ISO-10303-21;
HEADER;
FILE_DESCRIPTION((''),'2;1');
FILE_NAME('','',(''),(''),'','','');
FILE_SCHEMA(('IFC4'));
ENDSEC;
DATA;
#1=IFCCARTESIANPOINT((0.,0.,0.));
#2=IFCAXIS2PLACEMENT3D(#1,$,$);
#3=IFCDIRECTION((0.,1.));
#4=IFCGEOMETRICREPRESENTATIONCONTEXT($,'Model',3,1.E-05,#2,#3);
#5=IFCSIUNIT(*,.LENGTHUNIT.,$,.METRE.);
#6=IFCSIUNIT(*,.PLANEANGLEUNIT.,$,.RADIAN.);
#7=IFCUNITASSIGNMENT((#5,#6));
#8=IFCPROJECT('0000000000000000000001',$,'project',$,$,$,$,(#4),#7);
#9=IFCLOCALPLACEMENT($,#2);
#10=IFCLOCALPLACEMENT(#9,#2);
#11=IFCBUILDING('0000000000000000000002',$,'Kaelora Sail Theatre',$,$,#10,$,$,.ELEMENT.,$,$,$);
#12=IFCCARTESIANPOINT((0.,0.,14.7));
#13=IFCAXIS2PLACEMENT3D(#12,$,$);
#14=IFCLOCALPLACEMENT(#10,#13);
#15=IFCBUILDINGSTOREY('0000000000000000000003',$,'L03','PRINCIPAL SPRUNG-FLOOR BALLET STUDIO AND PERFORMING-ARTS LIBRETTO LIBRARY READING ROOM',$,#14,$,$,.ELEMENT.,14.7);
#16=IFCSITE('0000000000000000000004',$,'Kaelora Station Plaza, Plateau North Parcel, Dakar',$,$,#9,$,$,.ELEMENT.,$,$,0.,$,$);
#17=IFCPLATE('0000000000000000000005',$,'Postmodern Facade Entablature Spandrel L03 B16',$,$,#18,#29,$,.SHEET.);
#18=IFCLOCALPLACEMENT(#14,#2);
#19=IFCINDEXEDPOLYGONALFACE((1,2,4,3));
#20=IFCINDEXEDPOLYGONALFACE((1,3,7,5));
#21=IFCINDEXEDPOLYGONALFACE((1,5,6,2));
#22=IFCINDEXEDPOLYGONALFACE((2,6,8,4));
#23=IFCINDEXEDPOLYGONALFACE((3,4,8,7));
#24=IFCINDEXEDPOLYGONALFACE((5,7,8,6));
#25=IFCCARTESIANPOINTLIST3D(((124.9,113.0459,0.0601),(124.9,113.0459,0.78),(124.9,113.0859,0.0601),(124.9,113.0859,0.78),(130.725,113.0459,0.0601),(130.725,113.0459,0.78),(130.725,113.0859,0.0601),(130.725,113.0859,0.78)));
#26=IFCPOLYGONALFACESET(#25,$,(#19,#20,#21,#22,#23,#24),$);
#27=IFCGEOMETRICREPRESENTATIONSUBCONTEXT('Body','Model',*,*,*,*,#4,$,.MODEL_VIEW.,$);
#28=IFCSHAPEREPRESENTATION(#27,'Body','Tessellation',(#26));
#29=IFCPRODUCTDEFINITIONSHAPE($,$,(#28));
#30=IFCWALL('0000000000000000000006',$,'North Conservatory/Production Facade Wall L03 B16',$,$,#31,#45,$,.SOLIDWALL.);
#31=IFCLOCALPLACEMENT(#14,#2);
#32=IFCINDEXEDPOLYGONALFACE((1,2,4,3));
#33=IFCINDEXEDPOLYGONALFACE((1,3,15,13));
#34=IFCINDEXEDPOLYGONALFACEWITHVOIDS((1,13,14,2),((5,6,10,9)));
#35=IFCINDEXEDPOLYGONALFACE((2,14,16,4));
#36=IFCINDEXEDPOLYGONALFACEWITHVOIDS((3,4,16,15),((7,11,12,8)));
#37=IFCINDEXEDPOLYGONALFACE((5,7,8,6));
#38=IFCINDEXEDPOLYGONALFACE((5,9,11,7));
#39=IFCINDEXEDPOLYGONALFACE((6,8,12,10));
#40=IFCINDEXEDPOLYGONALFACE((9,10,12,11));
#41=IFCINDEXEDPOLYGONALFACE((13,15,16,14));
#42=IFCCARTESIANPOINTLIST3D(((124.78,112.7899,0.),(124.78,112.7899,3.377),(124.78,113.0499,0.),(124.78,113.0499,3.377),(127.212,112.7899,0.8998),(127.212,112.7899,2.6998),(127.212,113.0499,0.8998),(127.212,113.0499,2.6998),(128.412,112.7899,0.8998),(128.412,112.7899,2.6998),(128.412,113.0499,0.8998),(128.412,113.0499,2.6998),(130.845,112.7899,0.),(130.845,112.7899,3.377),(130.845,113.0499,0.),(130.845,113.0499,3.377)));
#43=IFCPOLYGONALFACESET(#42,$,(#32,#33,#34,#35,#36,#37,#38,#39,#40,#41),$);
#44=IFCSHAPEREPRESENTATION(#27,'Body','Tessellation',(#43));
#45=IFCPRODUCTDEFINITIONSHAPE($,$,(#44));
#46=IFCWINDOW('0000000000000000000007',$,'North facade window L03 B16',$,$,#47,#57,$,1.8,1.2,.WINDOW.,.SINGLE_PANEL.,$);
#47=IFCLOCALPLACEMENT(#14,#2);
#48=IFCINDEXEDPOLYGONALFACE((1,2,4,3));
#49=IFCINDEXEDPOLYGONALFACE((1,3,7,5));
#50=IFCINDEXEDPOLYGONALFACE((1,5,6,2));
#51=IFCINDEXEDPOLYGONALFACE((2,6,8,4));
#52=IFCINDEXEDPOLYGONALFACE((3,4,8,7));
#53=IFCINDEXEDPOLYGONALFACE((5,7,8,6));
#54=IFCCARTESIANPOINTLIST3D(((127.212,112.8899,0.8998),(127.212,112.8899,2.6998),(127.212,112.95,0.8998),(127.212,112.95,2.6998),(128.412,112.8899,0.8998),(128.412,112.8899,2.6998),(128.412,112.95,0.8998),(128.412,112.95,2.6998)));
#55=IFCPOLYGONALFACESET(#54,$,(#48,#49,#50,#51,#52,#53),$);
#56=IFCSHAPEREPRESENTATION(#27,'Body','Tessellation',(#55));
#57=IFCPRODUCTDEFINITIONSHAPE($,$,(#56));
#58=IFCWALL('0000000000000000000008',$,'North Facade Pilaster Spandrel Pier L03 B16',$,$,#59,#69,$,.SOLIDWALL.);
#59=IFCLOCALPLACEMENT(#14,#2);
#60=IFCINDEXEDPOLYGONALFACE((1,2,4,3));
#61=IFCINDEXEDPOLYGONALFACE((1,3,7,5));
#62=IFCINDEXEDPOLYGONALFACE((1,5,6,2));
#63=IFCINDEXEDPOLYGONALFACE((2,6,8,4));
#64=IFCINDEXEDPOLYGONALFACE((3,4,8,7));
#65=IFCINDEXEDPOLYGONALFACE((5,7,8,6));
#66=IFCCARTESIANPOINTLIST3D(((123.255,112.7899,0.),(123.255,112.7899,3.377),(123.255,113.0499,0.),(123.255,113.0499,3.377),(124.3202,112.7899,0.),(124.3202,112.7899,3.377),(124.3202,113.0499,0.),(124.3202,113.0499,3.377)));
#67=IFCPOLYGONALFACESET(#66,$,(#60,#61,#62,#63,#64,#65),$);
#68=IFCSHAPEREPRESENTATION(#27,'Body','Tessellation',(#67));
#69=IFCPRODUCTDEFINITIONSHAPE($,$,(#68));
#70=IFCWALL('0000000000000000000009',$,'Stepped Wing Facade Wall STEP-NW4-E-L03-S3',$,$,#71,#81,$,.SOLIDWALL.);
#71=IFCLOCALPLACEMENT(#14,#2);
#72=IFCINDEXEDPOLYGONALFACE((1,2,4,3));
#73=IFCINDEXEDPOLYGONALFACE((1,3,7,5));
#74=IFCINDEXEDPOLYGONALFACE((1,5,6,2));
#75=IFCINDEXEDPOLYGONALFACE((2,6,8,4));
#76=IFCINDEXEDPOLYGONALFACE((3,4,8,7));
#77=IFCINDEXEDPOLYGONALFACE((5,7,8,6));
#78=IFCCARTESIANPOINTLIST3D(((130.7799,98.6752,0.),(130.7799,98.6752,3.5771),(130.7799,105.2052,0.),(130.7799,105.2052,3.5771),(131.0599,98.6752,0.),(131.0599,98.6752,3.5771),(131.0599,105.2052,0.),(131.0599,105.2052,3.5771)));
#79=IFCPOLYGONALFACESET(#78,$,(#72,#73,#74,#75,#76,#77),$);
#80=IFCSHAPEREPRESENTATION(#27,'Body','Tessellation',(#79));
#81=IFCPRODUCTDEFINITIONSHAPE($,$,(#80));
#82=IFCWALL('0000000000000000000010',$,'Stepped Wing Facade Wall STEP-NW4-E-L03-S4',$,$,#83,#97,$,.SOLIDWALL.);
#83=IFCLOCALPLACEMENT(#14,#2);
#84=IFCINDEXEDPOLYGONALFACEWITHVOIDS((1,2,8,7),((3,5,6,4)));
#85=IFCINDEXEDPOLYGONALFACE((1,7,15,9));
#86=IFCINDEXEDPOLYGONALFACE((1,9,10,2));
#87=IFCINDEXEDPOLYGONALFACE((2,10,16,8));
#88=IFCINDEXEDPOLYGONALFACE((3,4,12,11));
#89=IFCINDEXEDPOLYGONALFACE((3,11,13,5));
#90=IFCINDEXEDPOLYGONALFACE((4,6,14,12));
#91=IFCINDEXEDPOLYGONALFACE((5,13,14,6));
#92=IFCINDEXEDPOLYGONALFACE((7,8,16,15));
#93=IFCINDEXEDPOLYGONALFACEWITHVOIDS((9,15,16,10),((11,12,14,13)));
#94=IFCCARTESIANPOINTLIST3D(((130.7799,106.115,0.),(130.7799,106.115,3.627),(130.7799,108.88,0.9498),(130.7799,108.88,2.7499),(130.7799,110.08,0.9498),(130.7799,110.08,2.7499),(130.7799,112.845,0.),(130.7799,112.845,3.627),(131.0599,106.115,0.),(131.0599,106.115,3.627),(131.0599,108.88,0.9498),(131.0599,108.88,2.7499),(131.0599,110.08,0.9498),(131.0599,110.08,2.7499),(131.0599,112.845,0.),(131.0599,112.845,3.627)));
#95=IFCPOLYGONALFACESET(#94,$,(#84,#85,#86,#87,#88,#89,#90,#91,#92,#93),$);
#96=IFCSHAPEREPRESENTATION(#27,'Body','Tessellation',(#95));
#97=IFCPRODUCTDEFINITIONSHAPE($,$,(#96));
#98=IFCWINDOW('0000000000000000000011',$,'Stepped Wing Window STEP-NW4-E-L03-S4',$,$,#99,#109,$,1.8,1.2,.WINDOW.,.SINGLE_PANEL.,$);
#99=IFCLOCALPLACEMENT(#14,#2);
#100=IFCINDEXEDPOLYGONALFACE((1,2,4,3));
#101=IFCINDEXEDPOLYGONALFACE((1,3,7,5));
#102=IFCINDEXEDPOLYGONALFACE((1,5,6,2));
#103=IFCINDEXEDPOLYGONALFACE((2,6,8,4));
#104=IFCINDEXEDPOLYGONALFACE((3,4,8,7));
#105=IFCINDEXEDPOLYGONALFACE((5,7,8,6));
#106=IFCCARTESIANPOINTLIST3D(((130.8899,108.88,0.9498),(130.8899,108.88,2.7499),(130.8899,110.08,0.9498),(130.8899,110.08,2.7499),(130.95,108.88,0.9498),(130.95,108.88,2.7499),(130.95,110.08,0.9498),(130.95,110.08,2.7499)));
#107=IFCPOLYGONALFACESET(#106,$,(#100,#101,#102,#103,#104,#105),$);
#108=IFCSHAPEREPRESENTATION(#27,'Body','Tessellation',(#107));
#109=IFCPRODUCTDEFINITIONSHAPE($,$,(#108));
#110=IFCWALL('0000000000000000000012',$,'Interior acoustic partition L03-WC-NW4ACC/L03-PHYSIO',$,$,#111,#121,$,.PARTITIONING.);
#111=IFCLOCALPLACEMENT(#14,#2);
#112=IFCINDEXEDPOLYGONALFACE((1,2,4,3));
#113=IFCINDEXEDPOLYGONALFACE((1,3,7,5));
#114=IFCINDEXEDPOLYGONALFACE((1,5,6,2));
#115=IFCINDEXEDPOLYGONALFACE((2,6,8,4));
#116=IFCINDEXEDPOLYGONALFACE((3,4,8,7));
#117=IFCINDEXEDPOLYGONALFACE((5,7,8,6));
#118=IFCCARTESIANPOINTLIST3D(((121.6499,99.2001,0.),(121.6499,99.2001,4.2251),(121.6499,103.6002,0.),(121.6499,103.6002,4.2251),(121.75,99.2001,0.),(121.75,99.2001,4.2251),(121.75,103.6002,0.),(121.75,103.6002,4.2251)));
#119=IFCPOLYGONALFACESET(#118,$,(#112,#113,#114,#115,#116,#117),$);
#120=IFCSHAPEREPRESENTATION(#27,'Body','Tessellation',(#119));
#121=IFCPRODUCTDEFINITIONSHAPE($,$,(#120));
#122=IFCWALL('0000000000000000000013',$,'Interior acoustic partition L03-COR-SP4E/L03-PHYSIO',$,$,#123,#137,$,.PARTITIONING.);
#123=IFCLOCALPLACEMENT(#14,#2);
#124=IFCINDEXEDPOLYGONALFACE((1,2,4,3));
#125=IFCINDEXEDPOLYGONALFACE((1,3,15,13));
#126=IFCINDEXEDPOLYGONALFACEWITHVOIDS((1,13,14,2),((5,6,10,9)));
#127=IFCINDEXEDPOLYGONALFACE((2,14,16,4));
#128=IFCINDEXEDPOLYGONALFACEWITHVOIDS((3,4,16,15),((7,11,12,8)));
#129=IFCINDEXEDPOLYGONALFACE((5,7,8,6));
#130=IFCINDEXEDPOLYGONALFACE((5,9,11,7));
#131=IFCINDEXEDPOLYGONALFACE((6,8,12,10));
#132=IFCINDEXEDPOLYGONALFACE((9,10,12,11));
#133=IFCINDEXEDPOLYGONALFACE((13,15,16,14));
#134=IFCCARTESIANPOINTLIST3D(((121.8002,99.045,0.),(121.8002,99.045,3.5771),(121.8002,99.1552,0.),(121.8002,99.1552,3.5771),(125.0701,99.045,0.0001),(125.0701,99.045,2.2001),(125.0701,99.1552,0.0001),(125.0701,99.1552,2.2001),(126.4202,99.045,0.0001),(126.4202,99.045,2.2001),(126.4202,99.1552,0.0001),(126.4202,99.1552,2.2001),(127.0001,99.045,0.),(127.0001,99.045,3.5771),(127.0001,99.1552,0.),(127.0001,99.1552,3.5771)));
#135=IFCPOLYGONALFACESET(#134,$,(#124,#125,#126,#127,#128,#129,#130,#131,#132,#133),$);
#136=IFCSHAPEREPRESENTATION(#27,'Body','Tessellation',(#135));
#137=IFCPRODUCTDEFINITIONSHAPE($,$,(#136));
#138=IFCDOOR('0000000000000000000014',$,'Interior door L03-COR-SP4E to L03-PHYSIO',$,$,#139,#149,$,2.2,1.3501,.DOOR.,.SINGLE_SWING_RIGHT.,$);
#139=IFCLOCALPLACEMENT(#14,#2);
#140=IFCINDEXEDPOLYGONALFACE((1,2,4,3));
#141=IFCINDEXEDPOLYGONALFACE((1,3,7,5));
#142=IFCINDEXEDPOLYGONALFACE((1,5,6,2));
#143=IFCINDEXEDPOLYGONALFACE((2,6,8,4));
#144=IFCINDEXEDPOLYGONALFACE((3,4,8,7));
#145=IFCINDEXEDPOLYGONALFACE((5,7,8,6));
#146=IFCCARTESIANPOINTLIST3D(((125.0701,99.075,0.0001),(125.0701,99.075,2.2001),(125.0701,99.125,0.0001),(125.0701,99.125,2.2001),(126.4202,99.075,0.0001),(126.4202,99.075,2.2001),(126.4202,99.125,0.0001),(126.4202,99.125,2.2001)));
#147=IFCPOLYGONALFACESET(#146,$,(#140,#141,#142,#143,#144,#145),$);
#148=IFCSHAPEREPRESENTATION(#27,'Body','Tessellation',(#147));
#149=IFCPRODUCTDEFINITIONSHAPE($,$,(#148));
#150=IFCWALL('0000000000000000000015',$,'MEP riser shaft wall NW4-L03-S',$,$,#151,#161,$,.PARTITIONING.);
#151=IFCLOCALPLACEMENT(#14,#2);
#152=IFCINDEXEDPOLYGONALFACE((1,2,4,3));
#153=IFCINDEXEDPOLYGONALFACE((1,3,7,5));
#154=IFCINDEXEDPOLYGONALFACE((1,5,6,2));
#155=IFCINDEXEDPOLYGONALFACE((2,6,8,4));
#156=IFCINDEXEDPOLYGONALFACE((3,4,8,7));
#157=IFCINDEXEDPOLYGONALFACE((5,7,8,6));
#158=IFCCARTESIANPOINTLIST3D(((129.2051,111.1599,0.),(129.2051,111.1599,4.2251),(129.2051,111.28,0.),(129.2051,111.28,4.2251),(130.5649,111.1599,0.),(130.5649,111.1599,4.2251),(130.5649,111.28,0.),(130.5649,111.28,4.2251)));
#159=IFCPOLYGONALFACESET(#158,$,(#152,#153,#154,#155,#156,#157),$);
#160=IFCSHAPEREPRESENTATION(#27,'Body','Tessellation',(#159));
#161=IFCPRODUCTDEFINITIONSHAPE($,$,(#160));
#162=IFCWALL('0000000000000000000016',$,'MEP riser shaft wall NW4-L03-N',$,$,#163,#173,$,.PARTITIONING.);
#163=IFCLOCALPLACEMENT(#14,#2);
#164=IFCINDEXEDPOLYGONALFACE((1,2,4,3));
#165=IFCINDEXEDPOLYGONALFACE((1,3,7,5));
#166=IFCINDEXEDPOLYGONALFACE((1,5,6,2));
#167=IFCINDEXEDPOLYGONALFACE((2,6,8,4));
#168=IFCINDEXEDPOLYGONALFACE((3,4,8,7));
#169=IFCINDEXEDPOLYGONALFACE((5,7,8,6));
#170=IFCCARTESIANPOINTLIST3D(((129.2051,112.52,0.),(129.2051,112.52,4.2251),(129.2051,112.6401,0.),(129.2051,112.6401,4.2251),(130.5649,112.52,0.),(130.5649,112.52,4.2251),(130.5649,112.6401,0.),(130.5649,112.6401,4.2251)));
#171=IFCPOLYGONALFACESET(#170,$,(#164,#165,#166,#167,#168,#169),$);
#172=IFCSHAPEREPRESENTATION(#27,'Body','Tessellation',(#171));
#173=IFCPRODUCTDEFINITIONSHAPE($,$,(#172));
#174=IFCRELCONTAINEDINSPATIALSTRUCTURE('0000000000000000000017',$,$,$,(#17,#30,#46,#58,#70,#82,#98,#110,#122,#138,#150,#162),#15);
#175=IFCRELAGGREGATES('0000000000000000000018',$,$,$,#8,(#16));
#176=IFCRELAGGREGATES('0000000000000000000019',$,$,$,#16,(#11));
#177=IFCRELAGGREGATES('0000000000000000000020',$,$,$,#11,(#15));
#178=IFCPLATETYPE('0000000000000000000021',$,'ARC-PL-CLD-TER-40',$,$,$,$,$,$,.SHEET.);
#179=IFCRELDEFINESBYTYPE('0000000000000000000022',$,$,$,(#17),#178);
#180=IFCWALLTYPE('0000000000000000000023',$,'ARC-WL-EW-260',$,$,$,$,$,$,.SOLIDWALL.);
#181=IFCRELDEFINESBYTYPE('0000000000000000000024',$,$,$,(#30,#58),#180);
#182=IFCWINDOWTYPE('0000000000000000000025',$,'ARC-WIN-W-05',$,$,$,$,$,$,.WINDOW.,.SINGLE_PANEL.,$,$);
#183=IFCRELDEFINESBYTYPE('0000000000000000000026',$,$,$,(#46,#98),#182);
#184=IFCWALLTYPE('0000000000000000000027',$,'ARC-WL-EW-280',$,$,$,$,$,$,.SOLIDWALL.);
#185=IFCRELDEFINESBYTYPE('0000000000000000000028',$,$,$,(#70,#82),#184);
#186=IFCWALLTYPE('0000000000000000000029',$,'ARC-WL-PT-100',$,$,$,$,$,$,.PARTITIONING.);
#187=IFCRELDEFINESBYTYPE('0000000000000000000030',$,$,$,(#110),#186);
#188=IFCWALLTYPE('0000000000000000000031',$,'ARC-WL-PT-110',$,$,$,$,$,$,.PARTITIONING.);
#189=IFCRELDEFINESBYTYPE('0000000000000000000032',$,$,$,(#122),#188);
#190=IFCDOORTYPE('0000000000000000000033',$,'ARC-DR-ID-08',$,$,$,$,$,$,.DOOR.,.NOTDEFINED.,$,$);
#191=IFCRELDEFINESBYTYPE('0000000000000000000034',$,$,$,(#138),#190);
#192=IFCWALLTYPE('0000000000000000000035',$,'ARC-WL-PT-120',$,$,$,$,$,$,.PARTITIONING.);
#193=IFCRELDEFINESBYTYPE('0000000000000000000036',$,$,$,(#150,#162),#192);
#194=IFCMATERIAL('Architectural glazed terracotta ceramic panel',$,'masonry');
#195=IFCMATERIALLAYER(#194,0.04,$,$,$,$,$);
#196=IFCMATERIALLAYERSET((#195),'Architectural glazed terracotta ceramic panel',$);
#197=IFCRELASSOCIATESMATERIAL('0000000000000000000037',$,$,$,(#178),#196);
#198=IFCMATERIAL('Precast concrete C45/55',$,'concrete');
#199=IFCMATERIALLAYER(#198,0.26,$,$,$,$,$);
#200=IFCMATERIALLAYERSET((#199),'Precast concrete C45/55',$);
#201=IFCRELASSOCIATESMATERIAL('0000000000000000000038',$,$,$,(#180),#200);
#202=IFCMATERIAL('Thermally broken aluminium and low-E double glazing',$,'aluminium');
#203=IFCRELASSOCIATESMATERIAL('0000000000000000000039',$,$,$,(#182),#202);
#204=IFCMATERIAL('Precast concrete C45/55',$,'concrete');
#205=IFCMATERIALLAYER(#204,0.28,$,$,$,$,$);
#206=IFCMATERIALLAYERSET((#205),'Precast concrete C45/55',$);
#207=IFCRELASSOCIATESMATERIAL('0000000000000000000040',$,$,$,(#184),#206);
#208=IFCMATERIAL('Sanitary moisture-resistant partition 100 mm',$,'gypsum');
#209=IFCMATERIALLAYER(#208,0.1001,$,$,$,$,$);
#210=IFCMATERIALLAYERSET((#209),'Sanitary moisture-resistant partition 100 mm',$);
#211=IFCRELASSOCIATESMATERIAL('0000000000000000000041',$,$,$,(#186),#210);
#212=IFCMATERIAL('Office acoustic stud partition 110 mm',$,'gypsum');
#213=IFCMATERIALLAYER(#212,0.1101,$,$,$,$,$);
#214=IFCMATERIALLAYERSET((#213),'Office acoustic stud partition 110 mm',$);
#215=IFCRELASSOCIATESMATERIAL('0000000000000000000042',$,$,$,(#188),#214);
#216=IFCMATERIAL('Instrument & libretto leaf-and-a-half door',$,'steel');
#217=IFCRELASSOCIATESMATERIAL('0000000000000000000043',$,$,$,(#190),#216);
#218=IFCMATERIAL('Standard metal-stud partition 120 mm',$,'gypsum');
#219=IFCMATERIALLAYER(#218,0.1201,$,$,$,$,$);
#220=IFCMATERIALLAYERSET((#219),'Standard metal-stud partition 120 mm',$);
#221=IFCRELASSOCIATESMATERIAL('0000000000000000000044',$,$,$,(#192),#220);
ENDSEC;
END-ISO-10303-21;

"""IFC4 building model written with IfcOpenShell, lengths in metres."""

from ifc_helpers import new_model, si_unit, direction, frame, frame_2d, origin, origin_2d, place, context, subcontext, project, spatial, rectangle, extrude, material, layer, layer_set, type_object, element, fill, save


model = new_model("IFC4")

# Units and contexts
model_context = context("Model", 3, precision=1e-05, world=origin(), true_north=direction((0.0, 1.0)))
body_context = subcontext(model_context, "Body", "Model", "MODEL_VIEW")
ifc_project = project(units=[si_unit("LENGTHUNIT", "METRE"), si_unit("PLANEANGLEUNIT", "RADIAN")], contexts=[model_context])

# Site, building, storey
site_placement = place(None, origin())
site = spatial("IfcSite", under=ifc_project, at=site_placement, Name="Kaelora Station Plaza, Plateau North Parcel, Dakar", CompositionType="ELEMENT", RefElevation=0.0)
building_placement = place(site_placement, origin())
building = spatial("IfcBuilding", under=site, at=building_placement, Name="Kaelora Sail Theatre", CompositionType="ELEMENT")
storey_placement = place(building_placement, frame((0.0, 0.0, 14.7)))
storey = spatial("IfcBuildingStorey", under=building, at=storey_placement, Name="L03", Description="PRINCIPAL SPRUNG-FLOOR BALLET STUDIO AND PERFORMING-ARTS LIBRETTO LIBRARY READING ROOM", CompositionType="ELEMENT", Elevation=14.7)

# Plate
ifc_material_1 = material(Name="Architectural glazed terracotta ceramic panel", Category="masonry")
ifc_layer_1 = layer(ifc_material_1, 0.04)
ifc_layer_set_1 = layer_set([ifc_layer_1], Name="Architectural glazed terracotta ceramic panel")
plate_type_1 = type_object("IfcPlateType", Name="ARC-PL-CLD-TER-40", PredefinedType="SHEET", material=ifc_layer_set_1)
plate_1_placement = place(storey_placement, frame((127.8125, 113.0659, 0.0601), z_axis=(0.0, 0.0, 1.0), x_axis=(1.0, 0.0, 0.0)))
element("IfcPlate", 1, at=plate_1_placement, inside=storey, type_object=plate_type_1, Name="Postmodern Facade Entablature Spandrel L03 B16", PredefinedType="SHEET", context=body_context, shape_type="SweptSolid", body=[
    extrude(rectangle(XDim=5.825, YDim=0.04, at=origin_2d()), origin(), (0.0, 0.0, 1.0), 0.72),
])

# Wall, opening, window
ifc_material_2 = material(Name="Precast concrete C45/55", Category="concrete")
ifc_layer_2 = layer(ifc_material_2, 0.26)
ifc_layer_set_2 = layer_set([ifc_layer_2], Name="Precast concrete C45/55")
wall_type_1 = type_object("IfcWallType", Name="ARC-WL-EW-260", PredefinedType="SOLIDWALL", material=ifc_layer_set_2)
wall_1_placement = place(storey_placement, frame((124.78, 112.9199, 0.0), z_axis=(0.0, 0.0, 1.0), x_axis=(1.0, 0.0, 0.0)))
wall_1 = element("IfcWall", 2, at=wall_1_placement, inside=storey, type_object=wall_type_1, Name="North Conservatory/Production Facade Wall L03 B16", PredefinedType="SOLIDWALL", context=body_context, shape_type="SweptSolid", body=[
    extrude(rectangle(XDim=6.0649, YDim=0.26, at=frame_2d((3.0325, 0.0))), origin(), (0.0, 0.0, 1.0), 3.377),
])
opening_1_placement = place(wall_1_placement, frame((2.4319, 0.0, 0.8999)))
opening_1 = element("IfcOpeningElement", 3, at=opening_1_placement, cuts=wall_1, PredefinedType="OPENING", context=body_context, shape_type="SweptSolid", body=[
    extrude(rectangle(XDim=1.2, YDim=1.8, at=frame_2d((0.6001, 0.8999))), frame((0.0, 0.1399, 0.0), z_axis=(0.0, -1.0, 0.0), x_axis=(1.0, 0.0, 0.0)), (0.0, 0.0, 1.0), 0.28),
])
ifc_material_3 = material(Name="Thermally broken aluminium and low-E double glazing", Category="aluminium")
window_type = type_object("IfcWindowType", Name="ARC-WIN-W-05", PartitioningType="SINGLE_PANEL", PredefinedType="WINDOW", material=ifc_material_3)
window_1_placement = place(opening_1_placement, origin())
window_1 = element("IfcWindow", 4, at=window_1_placement, inside=storey, type_object=window_type, Name="North facade window L03 B16", OverallHeight=1.8, OverallWidth=1.2, PartitioningType="SINGLE_PANEL", PredefinedType="WINDOW", context=body_context, shape_type="SweptSolid", body=[
    extrude(rectangle(XDim=1.2, YDim=1.8, at=frame_2d((0.6001, 0.8999))), frame((0.0, 0.03, 0.0), z_axis=(0.0, -1.0, 0.0), x_axis=(1.0, 0.0, 0.0)), (0.0, 0.0, 1.0), 0.0601),
])
fill(opening_1, window_1)

# Walls
wall_2_placement = place(storey_placement, frame((123.2549, 112.9199, 0.0), z_axis=(0.0, 0.0, 1.0), x_axis=(1.0, 0.0, 0.0)))
element("IfcWall", 5, at=wall_2_placement, inside=storey, type_object=wall_type_1, Name="North Facade Pilaster Spandrel Pier L03 B16", PredefinedType="SOLIDWALL", context=body_context, shape_type="SweptSolid", body=[
    extrude(rectangle(XDim=1.0652, YDim=0.26, at=frame_2d((0.5327, 0.0))), origin(), (0.0, 0.0, 1.0), 3.377),
])
ifc_material_4 = material(Name="Precast concrete C45/55", Category="concrete")
ifc_layer_3 = layer(ifc_material_4, 0.28)
ifc_layer_set_3 = layer_set([ifc_layer_3], Name="Precast concrete C45/55")
wall_type_2 = type_object("IfcWallType", Name="ARC-WL-EW-280", PredefinedType="SOLIDWALL", material=ifc_layer_set_3)
wall_3_placement = place(storey_placement, frame((130.9199, 98.675, 0.0), z_axis=(0.0, 0.0, 1.0), x_axis=(0.0, 1.0, 0.0)))
element("IfcWall", 6, at=wall_3_placement, inside=storey, type_object=wall_type_2, Name="Stepped Wing Facade Wall STEP-NW4-E-L03-S3", PredefinedType="SOLIDWALL", context=body_context, shape_type="SweptSolid", body=[
    extrude(rectangle(XDim=6.53, YDim=0.28, at=frame_2d((3.2651, 0.0))), origin(), (0.0, 0.0, 1.0), 3.5771),
])

# Wall, opening, window
wall_4_placement = place(storey_placement, frame((130.9199, 106.115, 0.0), z_axis=(0.0, 0.0, 1.0), x_axis=(0.0, 1.0, 0.0)))
wall_4 = element("IfcWall", 7, at=wall_4_placement, inside=storey, type_object=wall_type_2, Name="Stepped Wing Facade Wall STEP-NW4-E-L03-S4", PredefinedType="SOLIDWALL", context=body_context, shape_type="SweptSolid", body=[
    extrude(rectangle(XDim=6.73, YDim=0.28, at=frame_2d((3.365, 0.0))), origin(), (0.0, 0.0, 1.0), 3.627),
])
opening_2_placement = place(wall_4_placement, frame((2.7649, 0.0, 0.95)))
opening_2 = element("IfcOpeningElement", 8, at=opening_2_placement, cuts=wall_4, PredefinedType="OPENING", context=body_context, shape_type="SweptSolid", body=[
    extrude(rectangle(XDim=1.2, YDim=1.8, at=frame_2d((0.6001, 0.8999))), frame((0.0, 0.1501, 0.0), z_axis=(0.0, -1.0, 0.0), x_axis=(1.0, 0.0, 0.0)), (0.0, 0.0, 1.0), 0.3),
])
window_2_placement = place(opening_2_placement, origin())
window_2 = element("IfcWindow", 9, at=window_2_placement, inside=storey, type_object=window_type, Name="Stepped Wing Window STEP-NW4-E-L03-S4", OverallHeight=1.8, OverallWidth=1.2, PartitioningType="SINGLE_PANEL", PredefinedType="WINDOW", context=body_context, shape_type="SweptSolid", body=[
    extrude(rectangle(XDim=1.2, YDim=1.8, at=frame_2d((0.6001, 0.8999))), frame((0.0, 0.03, 0.0), z_axis=(0.0, -1.0, 0.0), x_axis=(1.0, 0.0, 0.0)), (0.0, 0.0, 1.0), 0.0601),
])
fill(opening_2, window_2)

# Wall
ifc_material_5 = material(Name="Sanitary moisture-resistant partition 100 mm", Category="gypsum")
ifc_layer_4 = layer(ifc_material_5, 0.1001)
ifc_layer_set_4 = layer_set([ifc_layer_4], Name="Sanitary moisture-resistant partition 100 mm")
wall_type_3 = type_object("IfcWallType", Name="ARC-WL-PT-100", PredefinedType="PARTITIONING", material=ifc_layer_set_4)
wall_5_placement = place(storey_placement, frame((121.7, 99.2, 0.0), z_axis=(0.0, 0.0, 1.0), x_axis=(0.0, 1.0, 0.0)))
element("IfcWall", 10, at=wall_5_placement, inside=storey, type_object=wall_type_3, Name="Interior acoustic partition L03-WC-NW4ACC/L03-PHYSIO", PredefinedType="PARTITIONING", context=body_context, shape_type="SweptSolid", body=[
    extrude(rectangle(XDim=4.4001, YDim=0.1001, at=frame_2d((2.2002, 0.0))), origin(), (0.0, 0.0, 1.0), 4.2251),
])

# Wall, opening, door
ifc_material_6 = material(Name="Office acoustic stud partition 110 mm", Category="gypsum")
ifc_layer_5 = layer(ifc_material_6, 0.1101)
ifc_layer_set_5 = layer_set([ifc_layer_5], Name="Office acoustic stud partition 110 mm")
wall_type_4 = type_object("IfcWallType", Name="ARC-WL-PT-110", PredefinedType="PARTITIONING", material=ifc_layer_set_5)
wall_6_placement = place(storey_placement, frame((121.8, 99.1001, 0.0), z_axis=(0.0, 0.0, 1.0), x_axis=(1.0, 0.0, 0.0)))
wall_6 = element("IfcWall", 11, at=wall_6_placement, inside=storey, type_object=wall_type_4, Name="Interior acoustic partition L03-COR-SP4E/L03-PHYSIO", PredefinedType="PARTITIONING", context=body_context, shape_type="SweptSolid", body=[
    extrude(rectangle(XDim=5.2, YDim=0.1101, at=frame_2d((2.6001, 0.0))), origin(), (0.0, 0.0, 1.0), 3.5771),
])
opening_3_placement = place(wall_6_placement, frame((3.27, 0.0, 0.0)))
opening_3 = element("IfcOpeningElement", 12, at=opening_3_placement, cuts=wall_6, PredefinedType="OPENING", context=body_context, shape_type="SweptSolid", body=[
    extrude(rectangle(XDim=1.3501, YDim=2.2, at=frame_2d((0.675, 1.1001))), frame((0.0, 0.0652, 0.0), z_axis=(0.0, -1.0, 0.0), x_axis=(1.0, 0.0, 0.0)), (0.0, 0.0, 1.0), 0.1301),
])
ifc_material_7 = material(Name="Instrument & libretto leaf-and-a-half door", Category="steel")
door_type = type_object("IfcDoorType", Name="ARC-DR-ID-08", OperationType="NOTDEFINED", PredefinedType="DOOR", material=ifc_material_7)
door_placement = place(opening_3_placement, origin())
door = element("IfcDoor", 13, at=door_placement, inside=storey, type_object=door_type, Name="Interior door L03-COR-SP4E to L03-PHYSIO", OperationType="SINGLE_SWING_RIGHT", OverallHeight=2.2, OverallWidth=1.3501, PredefinedType="DOOR", context=body_context, shape_type="SweptSolid", body=[
    extrude(rectangle(XDim=1.3501, YDim=2.2, at=frame_2d((0.675, 1.1001))), frame((0.0, 0.0249, 0.0), z_axis=(0.0, -1.0, 0.0), x_axis=(1.0, 0.0, 0.0)), (0.0, 0.0, 1.0), 0.05),
])
fill(opening_3, door)

# Walls
ifc_material_8 = material(Name="Standard metal-stud partition 120 mm", Category="gypsum")
ifc_layer_6 = layer(ifc_material_8, 0.1201)
ifc_layer_set_6 = layer_set([ifc_layer_6], Name="Standard metal-stud partition 120 mm")
wall_type_5 = type_object("IfcWallType", Name="ARC-WL-PT-120", PredefinedType="PARTITIONING", material=ifc_layer_set_6)
for number, where, z_axis, x_axis, name in (
    (14, (129.2051, 111.22, 0.0), (0.0, 0.0, 1.0), (1.0, 0.0, 0.0), "MEP riser shaft wall NW4-L03-S"),
    (15, (129.2051, 112.5801, 0.0), (0.0, 0.0, 1.0), (1.0, 0.0, 0.0), "MEP riser shaft wall NW4-L03-N"),
):
    element("IfcWall", number, at=place(storey_placement, frame(where, z_axis=z_axis, x_axis=x_axis)), inside=storey, type_object=wall_type_5, Name=name, PredefinedType="PARTITIONING", context=body_context, shape_type="SweptSolid", body=[
        extrude(rectangle(XDim=1.3599, YDim=0.1201, at=frame_2d((0.6799, 0.0))), origin(), (0.0, 0.0, 1.0), 4.2251),
    ])

save(model, "model.ifc")
